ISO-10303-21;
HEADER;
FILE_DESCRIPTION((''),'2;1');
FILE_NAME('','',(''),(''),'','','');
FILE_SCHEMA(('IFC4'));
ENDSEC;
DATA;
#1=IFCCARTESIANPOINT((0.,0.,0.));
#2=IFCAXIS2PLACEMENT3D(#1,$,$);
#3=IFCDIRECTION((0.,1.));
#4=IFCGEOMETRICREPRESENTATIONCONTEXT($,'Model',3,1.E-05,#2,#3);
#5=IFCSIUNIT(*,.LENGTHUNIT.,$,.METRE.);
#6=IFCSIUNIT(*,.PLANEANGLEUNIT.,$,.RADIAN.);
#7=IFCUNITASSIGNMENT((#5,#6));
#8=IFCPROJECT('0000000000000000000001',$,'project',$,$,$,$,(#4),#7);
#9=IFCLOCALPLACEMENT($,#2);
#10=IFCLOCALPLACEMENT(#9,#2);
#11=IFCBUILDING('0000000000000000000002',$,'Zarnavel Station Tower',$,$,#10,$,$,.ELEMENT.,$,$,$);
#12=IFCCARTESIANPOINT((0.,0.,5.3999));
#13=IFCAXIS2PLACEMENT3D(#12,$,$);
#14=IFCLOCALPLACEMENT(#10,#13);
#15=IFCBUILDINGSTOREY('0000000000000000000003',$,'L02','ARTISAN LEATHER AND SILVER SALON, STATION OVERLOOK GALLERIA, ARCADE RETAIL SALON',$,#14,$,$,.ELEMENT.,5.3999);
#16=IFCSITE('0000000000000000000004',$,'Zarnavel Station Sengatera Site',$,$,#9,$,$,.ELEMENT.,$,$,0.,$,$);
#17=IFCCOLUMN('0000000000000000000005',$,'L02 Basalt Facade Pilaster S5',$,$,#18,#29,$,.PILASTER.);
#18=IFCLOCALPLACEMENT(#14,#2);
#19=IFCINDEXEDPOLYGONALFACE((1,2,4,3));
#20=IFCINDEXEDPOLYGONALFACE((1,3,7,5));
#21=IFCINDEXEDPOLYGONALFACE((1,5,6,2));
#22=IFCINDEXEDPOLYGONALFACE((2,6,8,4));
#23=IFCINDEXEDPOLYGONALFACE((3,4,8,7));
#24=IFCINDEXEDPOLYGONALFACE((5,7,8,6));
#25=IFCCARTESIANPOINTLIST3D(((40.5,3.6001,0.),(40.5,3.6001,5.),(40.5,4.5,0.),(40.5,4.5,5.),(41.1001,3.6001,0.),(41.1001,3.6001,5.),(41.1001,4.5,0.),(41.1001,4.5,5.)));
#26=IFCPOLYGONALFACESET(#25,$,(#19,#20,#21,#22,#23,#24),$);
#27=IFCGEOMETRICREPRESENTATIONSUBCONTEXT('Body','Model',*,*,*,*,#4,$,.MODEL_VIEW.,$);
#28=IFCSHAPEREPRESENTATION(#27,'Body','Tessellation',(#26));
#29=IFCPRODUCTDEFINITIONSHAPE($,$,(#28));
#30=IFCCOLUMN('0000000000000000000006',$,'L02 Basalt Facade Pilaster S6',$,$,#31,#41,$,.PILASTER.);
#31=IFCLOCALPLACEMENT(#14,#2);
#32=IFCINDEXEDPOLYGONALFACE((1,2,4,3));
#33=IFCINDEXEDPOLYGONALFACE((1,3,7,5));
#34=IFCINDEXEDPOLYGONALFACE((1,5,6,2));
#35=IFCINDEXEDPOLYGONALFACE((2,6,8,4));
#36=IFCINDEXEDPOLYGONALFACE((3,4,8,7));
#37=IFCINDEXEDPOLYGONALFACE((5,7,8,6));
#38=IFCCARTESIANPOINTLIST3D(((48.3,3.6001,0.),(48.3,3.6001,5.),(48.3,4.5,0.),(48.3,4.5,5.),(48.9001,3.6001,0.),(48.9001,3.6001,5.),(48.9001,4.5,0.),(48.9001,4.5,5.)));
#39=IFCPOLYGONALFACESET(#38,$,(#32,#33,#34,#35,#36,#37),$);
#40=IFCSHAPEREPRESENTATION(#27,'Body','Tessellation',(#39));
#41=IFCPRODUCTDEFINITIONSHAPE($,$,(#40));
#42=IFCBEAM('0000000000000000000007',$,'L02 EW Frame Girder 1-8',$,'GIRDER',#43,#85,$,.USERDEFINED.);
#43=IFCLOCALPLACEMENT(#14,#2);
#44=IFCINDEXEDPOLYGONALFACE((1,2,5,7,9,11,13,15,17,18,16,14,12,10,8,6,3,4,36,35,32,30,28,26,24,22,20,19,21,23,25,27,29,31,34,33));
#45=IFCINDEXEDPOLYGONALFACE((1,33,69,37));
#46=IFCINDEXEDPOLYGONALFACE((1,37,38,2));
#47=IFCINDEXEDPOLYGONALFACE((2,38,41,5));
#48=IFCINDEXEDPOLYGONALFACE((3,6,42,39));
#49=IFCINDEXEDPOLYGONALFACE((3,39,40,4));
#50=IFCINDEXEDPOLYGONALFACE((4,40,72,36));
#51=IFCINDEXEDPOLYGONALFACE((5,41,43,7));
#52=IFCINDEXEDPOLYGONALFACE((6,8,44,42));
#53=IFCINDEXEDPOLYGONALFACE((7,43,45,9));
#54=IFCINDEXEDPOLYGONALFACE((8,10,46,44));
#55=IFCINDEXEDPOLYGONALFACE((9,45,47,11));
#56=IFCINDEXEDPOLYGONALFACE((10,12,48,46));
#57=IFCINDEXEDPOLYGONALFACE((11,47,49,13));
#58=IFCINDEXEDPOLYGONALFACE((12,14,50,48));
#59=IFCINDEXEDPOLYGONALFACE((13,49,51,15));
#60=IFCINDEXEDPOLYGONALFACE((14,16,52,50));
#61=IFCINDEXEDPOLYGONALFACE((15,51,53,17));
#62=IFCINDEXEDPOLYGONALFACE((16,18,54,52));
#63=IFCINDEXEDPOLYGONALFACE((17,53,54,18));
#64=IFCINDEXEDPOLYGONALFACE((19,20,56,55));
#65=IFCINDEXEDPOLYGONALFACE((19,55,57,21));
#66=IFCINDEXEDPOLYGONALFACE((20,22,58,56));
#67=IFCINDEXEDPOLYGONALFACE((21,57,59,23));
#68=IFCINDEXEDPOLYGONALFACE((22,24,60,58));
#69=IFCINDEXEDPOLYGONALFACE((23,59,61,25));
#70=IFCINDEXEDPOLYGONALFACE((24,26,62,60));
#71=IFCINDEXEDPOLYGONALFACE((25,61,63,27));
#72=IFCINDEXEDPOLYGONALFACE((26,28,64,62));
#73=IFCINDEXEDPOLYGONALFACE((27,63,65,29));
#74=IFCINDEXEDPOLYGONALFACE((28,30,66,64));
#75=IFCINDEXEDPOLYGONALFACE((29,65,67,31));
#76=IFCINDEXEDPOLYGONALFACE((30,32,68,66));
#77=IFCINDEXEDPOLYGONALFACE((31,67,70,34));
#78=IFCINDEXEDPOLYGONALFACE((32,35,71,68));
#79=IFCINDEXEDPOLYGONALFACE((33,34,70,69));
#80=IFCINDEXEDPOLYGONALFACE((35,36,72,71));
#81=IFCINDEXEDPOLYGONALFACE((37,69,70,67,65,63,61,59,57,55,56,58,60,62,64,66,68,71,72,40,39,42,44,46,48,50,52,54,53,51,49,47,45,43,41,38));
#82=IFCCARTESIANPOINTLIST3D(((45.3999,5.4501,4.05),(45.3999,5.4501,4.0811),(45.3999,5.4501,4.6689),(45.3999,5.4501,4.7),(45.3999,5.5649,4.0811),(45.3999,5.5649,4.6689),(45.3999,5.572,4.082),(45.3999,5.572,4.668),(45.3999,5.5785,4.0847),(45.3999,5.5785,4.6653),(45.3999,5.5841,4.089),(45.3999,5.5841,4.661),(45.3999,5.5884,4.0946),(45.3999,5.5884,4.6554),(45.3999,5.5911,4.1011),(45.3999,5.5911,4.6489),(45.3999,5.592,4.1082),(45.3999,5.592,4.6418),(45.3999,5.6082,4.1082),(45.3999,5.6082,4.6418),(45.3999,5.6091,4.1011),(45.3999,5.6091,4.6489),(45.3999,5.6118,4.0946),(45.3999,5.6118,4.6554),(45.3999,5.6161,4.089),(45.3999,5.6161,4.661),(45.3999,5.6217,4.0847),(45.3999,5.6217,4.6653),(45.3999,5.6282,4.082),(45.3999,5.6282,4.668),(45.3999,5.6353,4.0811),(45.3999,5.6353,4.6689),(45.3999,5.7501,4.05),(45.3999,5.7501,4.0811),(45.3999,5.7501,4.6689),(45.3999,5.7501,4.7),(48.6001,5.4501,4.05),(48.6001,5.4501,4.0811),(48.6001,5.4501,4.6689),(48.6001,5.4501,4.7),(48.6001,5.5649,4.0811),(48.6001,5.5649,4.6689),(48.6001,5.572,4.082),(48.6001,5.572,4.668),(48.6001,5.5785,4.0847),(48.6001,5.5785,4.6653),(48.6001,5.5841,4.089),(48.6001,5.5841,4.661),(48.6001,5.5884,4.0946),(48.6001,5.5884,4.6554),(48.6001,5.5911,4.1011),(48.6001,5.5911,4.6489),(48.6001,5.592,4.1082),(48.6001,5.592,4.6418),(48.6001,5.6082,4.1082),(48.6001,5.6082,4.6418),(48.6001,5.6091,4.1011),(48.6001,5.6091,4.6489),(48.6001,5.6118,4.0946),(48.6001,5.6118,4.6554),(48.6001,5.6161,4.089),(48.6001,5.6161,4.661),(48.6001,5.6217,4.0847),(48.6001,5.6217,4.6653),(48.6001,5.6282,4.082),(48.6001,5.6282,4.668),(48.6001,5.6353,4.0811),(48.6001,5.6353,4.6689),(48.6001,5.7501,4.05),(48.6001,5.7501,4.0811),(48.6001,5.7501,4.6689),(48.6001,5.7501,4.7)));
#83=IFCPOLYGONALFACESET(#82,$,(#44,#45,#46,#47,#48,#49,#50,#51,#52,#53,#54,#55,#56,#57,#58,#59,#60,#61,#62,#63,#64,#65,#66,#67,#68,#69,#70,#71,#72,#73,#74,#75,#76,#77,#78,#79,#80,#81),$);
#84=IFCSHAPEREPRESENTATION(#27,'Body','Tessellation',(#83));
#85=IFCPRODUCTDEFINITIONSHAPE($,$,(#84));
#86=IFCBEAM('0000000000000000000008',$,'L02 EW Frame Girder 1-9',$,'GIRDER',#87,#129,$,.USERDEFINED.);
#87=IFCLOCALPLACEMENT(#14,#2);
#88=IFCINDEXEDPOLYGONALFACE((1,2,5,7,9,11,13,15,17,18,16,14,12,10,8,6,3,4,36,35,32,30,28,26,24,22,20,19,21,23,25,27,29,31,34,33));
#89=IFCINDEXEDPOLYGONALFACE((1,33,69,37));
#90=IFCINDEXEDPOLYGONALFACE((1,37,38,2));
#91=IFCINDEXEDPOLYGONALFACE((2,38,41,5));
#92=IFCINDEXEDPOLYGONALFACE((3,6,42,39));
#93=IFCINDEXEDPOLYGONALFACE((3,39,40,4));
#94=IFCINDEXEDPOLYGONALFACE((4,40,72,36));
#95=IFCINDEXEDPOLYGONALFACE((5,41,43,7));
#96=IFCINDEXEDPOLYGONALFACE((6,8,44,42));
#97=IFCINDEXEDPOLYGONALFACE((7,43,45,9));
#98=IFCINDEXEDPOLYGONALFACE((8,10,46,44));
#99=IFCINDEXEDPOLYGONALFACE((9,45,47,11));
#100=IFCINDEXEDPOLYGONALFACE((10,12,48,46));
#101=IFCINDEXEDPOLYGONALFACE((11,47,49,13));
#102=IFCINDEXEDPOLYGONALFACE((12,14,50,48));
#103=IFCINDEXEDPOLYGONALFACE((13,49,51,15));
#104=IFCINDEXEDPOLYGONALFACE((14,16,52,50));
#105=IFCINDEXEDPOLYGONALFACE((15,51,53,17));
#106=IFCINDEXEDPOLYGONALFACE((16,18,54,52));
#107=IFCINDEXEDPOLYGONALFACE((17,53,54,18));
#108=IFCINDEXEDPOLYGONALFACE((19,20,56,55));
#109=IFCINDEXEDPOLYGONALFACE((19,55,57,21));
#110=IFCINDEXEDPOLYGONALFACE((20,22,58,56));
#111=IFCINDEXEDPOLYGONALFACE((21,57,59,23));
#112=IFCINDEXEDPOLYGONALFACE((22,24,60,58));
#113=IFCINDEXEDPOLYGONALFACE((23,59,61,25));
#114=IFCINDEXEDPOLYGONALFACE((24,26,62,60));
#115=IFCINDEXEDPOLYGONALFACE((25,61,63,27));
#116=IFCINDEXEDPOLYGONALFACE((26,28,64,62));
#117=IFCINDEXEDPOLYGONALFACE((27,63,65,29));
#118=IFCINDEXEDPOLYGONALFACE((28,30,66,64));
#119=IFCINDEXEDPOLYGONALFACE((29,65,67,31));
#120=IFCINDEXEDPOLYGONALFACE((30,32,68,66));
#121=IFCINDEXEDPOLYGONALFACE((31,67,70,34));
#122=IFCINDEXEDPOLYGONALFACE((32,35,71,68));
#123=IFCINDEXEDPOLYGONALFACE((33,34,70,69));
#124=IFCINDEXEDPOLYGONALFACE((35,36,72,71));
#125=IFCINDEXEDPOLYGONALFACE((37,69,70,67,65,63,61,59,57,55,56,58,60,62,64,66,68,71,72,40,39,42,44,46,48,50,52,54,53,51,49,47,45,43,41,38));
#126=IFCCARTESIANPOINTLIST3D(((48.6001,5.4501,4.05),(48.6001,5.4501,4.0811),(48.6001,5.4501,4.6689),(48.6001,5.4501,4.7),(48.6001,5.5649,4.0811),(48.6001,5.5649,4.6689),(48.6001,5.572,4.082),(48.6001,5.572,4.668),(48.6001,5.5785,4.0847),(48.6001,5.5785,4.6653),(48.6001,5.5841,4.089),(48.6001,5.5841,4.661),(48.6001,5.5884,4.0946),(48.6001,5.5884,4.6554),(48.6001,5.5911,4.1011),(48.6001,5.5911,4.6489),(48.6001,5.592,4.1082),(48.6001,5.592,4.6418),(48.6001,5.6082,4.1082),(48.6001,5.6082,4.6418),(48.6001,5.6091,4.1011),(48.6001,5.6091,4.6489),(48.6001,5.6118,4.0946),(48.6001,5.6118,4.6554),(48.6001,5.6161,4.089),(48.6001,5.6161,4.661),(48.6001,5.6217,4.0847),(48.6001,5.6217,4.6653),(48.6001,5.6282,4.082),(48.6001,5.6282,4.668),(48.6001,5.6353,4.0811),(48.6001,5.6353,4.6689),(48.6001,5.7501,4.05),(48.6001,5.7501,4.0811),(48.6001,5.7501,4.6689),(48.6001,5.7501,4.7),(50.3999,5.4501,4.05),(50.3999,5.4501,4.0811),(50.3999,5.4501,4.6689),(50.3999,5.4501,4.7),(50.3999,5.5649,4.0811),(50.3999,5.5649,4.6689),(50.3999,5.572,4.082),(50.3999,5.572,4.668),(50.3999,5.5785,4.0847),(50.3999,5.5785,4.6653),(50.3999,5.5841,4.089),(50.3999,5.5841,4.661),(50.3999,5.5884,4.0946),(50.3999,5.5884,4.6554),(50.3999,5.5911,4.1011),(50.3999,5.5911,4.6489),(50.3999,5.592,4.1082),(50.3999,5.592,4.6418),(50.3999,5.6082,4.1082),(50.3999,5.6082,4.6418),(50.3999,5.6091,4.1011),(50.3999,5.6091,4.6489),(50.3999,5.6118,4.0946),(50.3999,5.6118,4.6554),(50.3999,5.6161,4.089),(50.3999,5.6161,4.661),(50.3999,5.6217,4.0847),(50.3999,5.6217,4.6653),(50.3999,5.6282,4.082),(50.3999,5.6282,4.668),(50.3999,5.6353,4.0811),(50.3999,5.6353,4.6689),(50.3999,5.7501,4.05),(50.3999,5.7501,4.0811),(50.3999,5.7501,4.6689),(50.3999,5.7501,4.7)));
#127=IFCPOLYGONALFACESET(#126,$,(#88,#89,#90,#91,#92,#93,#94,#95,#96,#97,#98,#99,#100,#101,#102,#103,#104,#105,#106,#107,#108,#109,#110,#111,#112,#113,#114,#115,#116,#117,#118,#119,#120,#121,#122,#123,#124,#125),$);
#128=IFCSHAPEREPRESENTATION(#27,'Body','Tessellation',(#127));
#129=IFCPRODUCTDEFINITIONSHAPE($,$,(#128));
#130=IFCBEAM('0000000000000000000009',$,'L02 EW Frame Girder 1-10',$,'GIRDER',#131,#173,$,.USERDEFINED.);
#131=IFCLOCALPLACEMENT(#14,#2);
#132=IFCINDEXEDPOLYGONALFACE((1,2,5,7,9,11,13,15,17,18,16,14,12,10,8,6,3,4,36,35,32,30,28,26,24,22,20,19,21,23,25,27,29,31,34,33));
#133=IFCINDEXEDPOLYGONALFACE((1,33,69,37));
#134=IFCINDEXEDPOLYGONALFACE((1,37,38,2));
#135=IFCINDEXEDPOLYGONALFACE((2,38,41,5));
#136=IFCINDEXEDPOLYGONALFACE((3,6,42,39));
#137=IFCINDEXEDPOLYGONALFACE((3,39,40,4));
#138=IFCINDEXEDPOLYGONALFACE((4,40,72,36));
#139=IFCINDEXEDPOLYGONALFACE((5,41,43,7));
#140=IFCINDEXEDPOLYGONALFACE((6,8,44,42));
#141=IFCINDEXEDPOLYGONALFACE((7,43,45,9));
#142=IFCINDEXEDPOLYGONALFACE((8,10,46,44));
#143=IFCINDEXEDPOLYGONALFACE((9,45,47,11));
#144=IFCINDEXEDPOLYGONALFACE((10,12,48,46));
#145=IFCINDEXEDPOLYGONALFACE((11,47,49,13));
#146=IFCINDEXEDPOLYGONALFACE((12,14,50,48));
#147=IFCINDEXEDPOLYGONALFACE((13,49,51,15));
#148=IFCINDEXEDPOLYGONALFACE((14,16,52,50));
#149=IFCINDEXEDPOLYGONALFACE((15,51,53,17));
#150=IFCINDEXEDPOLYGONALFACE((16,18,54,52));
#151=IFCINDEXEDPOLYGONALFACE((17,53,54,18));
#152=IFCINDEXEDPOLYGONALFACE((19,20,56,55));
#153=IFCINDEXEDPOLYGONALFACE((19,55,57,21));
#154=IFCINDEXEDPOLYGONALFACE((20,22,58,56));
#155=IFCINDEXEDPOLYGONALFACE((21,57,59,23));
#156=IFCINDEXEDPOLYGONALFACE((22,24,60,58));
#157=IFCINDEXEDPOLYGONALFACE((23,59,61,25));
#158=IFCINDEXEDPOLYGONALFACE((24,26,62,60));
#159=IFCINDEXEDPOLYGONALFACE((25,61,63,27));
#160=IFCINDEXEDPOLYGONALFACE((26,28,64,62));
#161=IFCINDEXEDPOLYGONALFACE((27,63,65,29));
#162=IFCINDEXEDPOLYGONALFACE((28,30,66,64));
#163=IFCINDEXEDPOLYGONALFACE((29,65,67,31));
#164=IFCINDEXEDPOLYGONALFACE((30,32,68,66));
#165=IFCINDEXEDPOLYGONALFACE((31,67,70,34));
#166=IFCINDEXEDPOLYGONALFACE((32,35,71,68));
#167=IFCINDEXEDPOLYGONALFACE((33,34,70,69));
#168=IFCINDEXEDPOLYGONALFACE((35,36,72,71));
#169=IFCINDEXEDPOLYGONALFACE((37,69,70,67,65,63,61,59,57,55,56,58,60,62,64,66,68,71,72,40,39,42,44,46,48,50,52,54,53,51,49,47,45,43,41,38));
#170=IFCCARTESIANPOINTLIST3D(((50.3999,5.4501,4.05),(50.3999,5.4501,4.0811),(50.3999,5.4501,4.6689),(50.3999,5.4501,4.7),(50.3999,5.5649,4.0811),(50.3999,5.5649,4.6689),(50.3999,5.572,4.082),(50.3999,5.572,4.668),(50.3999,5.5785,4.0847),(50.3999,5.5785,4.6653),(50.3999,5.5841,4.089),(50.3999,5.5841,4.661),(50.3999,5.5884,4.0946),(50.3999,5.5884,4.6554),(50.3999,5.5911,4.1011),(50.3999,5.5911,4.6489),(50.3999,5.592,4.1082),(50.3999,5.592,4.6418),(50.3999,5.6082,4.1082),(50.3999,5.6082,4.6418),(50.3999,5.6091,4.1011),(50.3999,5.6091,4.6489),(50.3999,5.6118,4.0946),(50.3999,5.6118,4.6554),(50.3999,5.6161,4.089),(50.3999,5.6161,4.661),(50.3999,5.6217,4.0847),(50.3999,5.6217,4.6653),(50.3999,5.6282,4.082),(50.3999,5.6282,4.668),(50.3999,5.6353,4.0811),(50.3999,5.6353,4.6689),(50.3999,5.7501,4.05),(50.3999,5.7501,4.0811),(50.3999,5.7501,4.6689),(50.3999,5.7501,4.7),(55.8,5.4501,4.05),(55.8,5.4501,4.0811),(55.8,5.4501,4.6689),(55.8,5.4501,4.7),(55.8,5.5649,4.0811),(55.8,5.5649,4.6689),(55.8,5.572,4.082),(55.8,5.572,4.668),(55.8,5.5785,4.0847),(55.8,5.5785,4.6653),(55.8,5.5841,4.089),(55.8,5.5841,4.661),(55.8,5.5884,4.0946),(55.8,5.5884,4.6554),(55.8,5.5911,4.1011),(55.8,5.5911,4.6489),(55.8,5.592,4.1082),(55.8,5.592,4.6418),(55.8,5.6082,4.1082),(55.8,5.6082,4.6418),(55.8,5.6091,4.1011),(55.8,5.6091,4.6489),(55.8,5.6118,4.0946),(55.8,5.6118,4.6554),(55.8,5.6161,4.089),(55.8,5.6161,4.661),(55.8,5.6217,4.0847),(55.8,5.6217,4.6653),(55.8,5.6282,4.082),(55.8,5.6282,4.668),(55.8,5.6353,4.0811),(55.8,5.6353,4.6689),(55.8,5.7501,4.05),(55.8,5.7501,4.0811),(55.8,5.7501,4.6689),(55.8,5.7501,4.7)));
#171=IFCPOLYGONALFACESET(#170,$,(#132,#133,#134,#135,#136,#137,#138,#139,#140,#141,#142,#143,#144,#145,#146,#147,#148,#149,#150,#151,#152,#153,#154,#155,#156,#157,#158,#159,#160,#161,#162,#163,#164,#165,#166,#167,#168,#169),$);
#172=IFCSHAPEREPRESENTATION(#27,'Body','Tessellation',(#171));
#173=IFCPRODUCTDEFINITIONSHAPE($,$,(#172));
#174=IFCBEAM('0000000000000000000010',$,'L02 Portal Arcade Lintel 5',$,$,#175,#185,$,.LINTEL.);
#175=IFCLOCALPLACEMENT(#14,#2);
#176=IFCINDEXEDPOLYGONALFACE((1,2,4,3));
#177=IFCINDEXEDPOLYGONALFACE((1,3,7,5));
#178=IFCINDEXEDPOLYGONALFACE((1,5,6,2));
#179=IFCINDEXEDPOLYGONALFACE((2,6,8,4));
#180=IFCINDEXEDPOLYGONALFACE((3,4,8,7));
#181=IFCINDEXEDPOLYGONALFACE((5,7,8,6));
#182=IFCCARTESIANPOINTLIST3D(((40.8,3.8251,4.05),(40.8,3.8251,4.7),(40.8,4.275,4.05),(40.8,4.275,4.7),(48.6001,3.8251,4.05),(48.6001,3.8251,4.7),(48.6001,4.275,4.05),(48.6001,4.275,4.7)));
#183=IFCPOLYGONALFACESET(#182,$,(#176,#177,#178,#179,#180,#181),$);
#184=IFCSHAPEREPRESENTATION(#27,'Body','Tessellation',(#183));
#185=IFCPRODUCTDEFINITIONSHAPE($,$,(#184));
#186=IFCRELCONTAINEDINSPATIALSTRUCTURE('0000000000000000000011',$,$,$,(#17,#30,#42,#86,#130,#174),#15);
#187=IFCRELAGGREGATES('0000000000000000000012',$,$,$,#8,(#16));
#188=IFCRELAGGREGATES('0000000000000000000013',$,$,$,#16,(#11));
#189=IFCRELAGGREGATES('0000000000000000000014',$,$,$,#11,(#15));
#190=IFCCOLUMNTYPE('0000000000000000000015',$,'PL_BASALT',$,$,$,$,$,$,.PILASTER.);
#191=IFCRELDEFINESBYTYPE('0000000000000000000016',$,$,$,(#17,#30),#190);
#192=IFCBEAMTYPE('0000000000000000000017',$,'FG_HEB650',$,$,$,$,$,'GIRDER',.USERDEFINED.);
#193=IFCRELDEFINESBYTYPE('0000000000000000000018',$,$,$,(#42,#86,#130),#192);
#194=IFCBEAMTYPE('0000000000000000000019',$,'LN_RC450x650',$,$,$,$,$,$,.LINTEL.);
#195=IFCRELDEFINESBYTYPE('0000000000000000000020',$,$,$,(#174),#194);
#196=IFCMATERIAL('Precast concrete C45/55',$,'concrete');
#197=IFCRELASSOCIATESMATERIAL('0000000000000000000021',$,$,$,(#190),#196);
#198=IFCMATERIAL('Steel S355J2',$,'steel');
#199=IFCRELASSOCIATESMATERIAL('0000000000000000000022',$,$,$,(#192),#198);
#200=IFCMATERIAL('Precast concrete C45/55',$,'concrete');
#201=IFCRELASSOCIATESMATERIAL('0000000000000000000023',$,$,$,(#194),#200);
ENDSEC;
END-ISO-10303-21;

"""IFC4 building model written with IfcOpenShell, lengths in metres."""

from ifc_helpers import new_model, si_unit, direction, frame, origin, origin_2d, place, context, subcontext, project, spatial, rectangle, i_section, extrude, material, material_profile, profile_set, type_object, element, save


model = new_model("IFC4")

# Units and contexts
model_context = context("Model", 3, precision=1e-05, world=origin(), true_north=direction((0.0, 1.0)))
body_context = subcontext(model_context, "Body", "Model", "MODEL_VIEW")
ifc_project = project(units=[si_unit("LENGTHUNIT", "METRE"), si_unit("PLANEANGLEUNIT", "RADIAN")], contexts=[model_context])

# Site, building, storey
site_placement = place(None, origin())
site = spatial("IfcSite", under=ifc_project, at=site_placement, Name="Zarnavel Station Sengatera Site", CompositionType="ELEMENT", RefElevation=0.0)
building_placement = place(site_placement, origin())
building = spatial("IfcBuilding", under=site, at=building_placement, Name="Zarnavel Station Tower", CompositionType="ELEMENT")
storey_placement = place(building_placement, frame((0.0, 0.0, 5.3999)))
storey = spatial("IfcBuildingStorey", under=building, at=storey_placement, Name="L02", Description="ARTISAN LEATHER AND SILVER SALON, STATION OVERLOOK GALLERIA, ARCADE RETAIL SALON", CompositionType="ELEMENT", Elevation=5.3999)

# Columns
ifc_material_1 = material(Name="Precast concrete C45/55", Category="concrete")
ifc_material_profile_1 = material_profile(ifc_material_1, rectangle(XDim=0.6001, YDim=0.8999, at=origin_2d()), Name="RC600x900")
ifc_profile_set_1 = profile_set([ifc_material_profile_1], Name="Precast concrete C45/55")
column_type_1 = type_object("IfcColumnType", Name="PL_BASALT", PredefinedType="PILASTER", material=ifc_profile_set_1)
for number, where, z_axis, x_axis, name in (
    (1, (40.8, 4.05, 0.0), (0.0, 0.0, 1.0), (1.0, 0.0, 0.0), "L02 Basalt Facade Pilaster S5"),
    (2, (48.6001, 4.05, 0.0), (0.0, 0.0, 1.0), (1.0, 0.0, 0.0), "L02 Basalt Facade Pilaster S6"),
):
    element("IfcColumn", number, at=place(storey_placement, frame(where, z_axis=z_axis, x_axis=x_axis)), inside=storey, type_object=column_type_1, Name=name, PredefinedType="PILASTER", context=body_context, shape_type="SweptSolid", body=[
        extrude(rectangle(XDim=0.6001, YDim=0.8999, at=origin_2d()), origin(), (0.0, 0.0, 1.0), 5.0),
    ])

# Beams
ifc_material_2 = material(Name="Steel S355J2", Category="steel")
ifc_material_profile_2 = material_profile(ifc_material_2, i_section(OverallWidth=0.3, OverallDepth=0.6499, WebThickness=0.0161, FlangeThickness=0.031, FilletRadius=0.0271, at=origin_2d()), Name="HEB650")
ifc_profile_set_2 = profile_set([ifc_material_profile_2], Name="Steel S355J2")
beam_type_1 = type_object("IfcBeamType", Name="FG_HEB650", ElementType="GIRDER", PredefinedType="USERDEFINED", material=ifc_profile_set_2)
beam_1_placement = place(storey_placement, frame((45.3999, 5.6001, 4.375), z_axis=(1.0, 0.0, 0.0), x_axis=(0.0, 1.0, 0.0)))
element("IfcBeam", 3, at=beam_1_placement, inside=storey, type_object=beam_type_1, Name="L02 EW Frame Girder 1-8", ObjectType="GIRDER", PredefinedType="USERDEFINED", context=body_context, shape_type="SweptSolid", body=[
    extrude(i_section(OverallWidth=0.3, OverallDepth=0.6499, WebThickness=0.0161, FlangeThickness=0.031, FilletRadius=0.0271, at=origin_2d()), origin(), (0.0, 0.0, 1.0), 3.2002),
])
beam_2_placement = place(storey_placement, frame((48.6001, 5.6001, 4.375), z_axis=(1.0, 0.0, 0.0), x_axis=(0.0, 1.0, 0.0)))
element("IfcBeam", 4, at=beam_2_placement, inside=storey, type_object=beam_type_1, Name="L02 EW Frame Girder 1-9", ObjectType="GIRDER", PredefinedType="USERDEFINED", context=body_context, shape_type="SweptSolid", body=[
    extrude(i_section(OverallWidth=0.3, OverallDepth=0.6499, WebThickness=0.0161, FlangeThickness=0.031, FilletRadius=0.0271, at=origin_2d()), origin(), (0.0, 0.0, 1.0), 1.7998),
])
beam_3_placement = place(storey_placement, frame((50.3999, 5.6001, 4.375), z_axis=(1.0, 0.0, 0.0), x_axis=(0.0, 1.0, 0.0)))
element("IfcBeam", 5, at=beam_3_placement, inside=storey, type_object=beam_type_1, Name="L02 EW Frame Girder 1-10", ObjectType="GIRDER", PredefinedType="USERDEFINED", context=body_context, shape_type="SweptSolid", body=[
    extrude(i_section(OverallWidth=0.3, OverallDepth=0.6499, WebThickness=0.0161, FlangeThickness=0.031, FilletRadius=0.0271, at=origin_2d()), origin(), (0.0, 0.0, 1.0), 5.4001),
])
ifc_material_3 = material(Name="Precast concrete C45/55", Category="concrete")
ifc_material_profile_3 = material_profile(ifc_material_3, rectangle(XDim=0.45, YDim=0.6499, at=origin_2d()), Name="RC450x650")
ifc_profile_set_3 = profile_set([ifc_material_profile_3], Name="Precast concrete C45/55")
beam_type_2 = type_object("IfcBeamType", Name="LN_RC450x650", PredefinedType="LINTEL", material=ifc_profile_set_3)
beam_4_placement = place(storey_placement, frame((40.8, 4.05, 4.375), z_axis=(1.0, 0.0, 0.0), x_axis=(0.0, 1.0, 0.0)))
element("IfcBeam", 6, at=beam_4_placement, inside=storey, type_object=beam_type_2, Name="L02 Portal Arcade Lintel 5", PredefinedType="LINTEL", context=body_context, shape_type="SweptSolid", body=[
    extrude(rectangle(XDim=0.45, YDim=0.6499, at=origin_2d()), origin(), (0.0, 0.0, 1.0), 7.8),
])

save(model, "model.ifc")
